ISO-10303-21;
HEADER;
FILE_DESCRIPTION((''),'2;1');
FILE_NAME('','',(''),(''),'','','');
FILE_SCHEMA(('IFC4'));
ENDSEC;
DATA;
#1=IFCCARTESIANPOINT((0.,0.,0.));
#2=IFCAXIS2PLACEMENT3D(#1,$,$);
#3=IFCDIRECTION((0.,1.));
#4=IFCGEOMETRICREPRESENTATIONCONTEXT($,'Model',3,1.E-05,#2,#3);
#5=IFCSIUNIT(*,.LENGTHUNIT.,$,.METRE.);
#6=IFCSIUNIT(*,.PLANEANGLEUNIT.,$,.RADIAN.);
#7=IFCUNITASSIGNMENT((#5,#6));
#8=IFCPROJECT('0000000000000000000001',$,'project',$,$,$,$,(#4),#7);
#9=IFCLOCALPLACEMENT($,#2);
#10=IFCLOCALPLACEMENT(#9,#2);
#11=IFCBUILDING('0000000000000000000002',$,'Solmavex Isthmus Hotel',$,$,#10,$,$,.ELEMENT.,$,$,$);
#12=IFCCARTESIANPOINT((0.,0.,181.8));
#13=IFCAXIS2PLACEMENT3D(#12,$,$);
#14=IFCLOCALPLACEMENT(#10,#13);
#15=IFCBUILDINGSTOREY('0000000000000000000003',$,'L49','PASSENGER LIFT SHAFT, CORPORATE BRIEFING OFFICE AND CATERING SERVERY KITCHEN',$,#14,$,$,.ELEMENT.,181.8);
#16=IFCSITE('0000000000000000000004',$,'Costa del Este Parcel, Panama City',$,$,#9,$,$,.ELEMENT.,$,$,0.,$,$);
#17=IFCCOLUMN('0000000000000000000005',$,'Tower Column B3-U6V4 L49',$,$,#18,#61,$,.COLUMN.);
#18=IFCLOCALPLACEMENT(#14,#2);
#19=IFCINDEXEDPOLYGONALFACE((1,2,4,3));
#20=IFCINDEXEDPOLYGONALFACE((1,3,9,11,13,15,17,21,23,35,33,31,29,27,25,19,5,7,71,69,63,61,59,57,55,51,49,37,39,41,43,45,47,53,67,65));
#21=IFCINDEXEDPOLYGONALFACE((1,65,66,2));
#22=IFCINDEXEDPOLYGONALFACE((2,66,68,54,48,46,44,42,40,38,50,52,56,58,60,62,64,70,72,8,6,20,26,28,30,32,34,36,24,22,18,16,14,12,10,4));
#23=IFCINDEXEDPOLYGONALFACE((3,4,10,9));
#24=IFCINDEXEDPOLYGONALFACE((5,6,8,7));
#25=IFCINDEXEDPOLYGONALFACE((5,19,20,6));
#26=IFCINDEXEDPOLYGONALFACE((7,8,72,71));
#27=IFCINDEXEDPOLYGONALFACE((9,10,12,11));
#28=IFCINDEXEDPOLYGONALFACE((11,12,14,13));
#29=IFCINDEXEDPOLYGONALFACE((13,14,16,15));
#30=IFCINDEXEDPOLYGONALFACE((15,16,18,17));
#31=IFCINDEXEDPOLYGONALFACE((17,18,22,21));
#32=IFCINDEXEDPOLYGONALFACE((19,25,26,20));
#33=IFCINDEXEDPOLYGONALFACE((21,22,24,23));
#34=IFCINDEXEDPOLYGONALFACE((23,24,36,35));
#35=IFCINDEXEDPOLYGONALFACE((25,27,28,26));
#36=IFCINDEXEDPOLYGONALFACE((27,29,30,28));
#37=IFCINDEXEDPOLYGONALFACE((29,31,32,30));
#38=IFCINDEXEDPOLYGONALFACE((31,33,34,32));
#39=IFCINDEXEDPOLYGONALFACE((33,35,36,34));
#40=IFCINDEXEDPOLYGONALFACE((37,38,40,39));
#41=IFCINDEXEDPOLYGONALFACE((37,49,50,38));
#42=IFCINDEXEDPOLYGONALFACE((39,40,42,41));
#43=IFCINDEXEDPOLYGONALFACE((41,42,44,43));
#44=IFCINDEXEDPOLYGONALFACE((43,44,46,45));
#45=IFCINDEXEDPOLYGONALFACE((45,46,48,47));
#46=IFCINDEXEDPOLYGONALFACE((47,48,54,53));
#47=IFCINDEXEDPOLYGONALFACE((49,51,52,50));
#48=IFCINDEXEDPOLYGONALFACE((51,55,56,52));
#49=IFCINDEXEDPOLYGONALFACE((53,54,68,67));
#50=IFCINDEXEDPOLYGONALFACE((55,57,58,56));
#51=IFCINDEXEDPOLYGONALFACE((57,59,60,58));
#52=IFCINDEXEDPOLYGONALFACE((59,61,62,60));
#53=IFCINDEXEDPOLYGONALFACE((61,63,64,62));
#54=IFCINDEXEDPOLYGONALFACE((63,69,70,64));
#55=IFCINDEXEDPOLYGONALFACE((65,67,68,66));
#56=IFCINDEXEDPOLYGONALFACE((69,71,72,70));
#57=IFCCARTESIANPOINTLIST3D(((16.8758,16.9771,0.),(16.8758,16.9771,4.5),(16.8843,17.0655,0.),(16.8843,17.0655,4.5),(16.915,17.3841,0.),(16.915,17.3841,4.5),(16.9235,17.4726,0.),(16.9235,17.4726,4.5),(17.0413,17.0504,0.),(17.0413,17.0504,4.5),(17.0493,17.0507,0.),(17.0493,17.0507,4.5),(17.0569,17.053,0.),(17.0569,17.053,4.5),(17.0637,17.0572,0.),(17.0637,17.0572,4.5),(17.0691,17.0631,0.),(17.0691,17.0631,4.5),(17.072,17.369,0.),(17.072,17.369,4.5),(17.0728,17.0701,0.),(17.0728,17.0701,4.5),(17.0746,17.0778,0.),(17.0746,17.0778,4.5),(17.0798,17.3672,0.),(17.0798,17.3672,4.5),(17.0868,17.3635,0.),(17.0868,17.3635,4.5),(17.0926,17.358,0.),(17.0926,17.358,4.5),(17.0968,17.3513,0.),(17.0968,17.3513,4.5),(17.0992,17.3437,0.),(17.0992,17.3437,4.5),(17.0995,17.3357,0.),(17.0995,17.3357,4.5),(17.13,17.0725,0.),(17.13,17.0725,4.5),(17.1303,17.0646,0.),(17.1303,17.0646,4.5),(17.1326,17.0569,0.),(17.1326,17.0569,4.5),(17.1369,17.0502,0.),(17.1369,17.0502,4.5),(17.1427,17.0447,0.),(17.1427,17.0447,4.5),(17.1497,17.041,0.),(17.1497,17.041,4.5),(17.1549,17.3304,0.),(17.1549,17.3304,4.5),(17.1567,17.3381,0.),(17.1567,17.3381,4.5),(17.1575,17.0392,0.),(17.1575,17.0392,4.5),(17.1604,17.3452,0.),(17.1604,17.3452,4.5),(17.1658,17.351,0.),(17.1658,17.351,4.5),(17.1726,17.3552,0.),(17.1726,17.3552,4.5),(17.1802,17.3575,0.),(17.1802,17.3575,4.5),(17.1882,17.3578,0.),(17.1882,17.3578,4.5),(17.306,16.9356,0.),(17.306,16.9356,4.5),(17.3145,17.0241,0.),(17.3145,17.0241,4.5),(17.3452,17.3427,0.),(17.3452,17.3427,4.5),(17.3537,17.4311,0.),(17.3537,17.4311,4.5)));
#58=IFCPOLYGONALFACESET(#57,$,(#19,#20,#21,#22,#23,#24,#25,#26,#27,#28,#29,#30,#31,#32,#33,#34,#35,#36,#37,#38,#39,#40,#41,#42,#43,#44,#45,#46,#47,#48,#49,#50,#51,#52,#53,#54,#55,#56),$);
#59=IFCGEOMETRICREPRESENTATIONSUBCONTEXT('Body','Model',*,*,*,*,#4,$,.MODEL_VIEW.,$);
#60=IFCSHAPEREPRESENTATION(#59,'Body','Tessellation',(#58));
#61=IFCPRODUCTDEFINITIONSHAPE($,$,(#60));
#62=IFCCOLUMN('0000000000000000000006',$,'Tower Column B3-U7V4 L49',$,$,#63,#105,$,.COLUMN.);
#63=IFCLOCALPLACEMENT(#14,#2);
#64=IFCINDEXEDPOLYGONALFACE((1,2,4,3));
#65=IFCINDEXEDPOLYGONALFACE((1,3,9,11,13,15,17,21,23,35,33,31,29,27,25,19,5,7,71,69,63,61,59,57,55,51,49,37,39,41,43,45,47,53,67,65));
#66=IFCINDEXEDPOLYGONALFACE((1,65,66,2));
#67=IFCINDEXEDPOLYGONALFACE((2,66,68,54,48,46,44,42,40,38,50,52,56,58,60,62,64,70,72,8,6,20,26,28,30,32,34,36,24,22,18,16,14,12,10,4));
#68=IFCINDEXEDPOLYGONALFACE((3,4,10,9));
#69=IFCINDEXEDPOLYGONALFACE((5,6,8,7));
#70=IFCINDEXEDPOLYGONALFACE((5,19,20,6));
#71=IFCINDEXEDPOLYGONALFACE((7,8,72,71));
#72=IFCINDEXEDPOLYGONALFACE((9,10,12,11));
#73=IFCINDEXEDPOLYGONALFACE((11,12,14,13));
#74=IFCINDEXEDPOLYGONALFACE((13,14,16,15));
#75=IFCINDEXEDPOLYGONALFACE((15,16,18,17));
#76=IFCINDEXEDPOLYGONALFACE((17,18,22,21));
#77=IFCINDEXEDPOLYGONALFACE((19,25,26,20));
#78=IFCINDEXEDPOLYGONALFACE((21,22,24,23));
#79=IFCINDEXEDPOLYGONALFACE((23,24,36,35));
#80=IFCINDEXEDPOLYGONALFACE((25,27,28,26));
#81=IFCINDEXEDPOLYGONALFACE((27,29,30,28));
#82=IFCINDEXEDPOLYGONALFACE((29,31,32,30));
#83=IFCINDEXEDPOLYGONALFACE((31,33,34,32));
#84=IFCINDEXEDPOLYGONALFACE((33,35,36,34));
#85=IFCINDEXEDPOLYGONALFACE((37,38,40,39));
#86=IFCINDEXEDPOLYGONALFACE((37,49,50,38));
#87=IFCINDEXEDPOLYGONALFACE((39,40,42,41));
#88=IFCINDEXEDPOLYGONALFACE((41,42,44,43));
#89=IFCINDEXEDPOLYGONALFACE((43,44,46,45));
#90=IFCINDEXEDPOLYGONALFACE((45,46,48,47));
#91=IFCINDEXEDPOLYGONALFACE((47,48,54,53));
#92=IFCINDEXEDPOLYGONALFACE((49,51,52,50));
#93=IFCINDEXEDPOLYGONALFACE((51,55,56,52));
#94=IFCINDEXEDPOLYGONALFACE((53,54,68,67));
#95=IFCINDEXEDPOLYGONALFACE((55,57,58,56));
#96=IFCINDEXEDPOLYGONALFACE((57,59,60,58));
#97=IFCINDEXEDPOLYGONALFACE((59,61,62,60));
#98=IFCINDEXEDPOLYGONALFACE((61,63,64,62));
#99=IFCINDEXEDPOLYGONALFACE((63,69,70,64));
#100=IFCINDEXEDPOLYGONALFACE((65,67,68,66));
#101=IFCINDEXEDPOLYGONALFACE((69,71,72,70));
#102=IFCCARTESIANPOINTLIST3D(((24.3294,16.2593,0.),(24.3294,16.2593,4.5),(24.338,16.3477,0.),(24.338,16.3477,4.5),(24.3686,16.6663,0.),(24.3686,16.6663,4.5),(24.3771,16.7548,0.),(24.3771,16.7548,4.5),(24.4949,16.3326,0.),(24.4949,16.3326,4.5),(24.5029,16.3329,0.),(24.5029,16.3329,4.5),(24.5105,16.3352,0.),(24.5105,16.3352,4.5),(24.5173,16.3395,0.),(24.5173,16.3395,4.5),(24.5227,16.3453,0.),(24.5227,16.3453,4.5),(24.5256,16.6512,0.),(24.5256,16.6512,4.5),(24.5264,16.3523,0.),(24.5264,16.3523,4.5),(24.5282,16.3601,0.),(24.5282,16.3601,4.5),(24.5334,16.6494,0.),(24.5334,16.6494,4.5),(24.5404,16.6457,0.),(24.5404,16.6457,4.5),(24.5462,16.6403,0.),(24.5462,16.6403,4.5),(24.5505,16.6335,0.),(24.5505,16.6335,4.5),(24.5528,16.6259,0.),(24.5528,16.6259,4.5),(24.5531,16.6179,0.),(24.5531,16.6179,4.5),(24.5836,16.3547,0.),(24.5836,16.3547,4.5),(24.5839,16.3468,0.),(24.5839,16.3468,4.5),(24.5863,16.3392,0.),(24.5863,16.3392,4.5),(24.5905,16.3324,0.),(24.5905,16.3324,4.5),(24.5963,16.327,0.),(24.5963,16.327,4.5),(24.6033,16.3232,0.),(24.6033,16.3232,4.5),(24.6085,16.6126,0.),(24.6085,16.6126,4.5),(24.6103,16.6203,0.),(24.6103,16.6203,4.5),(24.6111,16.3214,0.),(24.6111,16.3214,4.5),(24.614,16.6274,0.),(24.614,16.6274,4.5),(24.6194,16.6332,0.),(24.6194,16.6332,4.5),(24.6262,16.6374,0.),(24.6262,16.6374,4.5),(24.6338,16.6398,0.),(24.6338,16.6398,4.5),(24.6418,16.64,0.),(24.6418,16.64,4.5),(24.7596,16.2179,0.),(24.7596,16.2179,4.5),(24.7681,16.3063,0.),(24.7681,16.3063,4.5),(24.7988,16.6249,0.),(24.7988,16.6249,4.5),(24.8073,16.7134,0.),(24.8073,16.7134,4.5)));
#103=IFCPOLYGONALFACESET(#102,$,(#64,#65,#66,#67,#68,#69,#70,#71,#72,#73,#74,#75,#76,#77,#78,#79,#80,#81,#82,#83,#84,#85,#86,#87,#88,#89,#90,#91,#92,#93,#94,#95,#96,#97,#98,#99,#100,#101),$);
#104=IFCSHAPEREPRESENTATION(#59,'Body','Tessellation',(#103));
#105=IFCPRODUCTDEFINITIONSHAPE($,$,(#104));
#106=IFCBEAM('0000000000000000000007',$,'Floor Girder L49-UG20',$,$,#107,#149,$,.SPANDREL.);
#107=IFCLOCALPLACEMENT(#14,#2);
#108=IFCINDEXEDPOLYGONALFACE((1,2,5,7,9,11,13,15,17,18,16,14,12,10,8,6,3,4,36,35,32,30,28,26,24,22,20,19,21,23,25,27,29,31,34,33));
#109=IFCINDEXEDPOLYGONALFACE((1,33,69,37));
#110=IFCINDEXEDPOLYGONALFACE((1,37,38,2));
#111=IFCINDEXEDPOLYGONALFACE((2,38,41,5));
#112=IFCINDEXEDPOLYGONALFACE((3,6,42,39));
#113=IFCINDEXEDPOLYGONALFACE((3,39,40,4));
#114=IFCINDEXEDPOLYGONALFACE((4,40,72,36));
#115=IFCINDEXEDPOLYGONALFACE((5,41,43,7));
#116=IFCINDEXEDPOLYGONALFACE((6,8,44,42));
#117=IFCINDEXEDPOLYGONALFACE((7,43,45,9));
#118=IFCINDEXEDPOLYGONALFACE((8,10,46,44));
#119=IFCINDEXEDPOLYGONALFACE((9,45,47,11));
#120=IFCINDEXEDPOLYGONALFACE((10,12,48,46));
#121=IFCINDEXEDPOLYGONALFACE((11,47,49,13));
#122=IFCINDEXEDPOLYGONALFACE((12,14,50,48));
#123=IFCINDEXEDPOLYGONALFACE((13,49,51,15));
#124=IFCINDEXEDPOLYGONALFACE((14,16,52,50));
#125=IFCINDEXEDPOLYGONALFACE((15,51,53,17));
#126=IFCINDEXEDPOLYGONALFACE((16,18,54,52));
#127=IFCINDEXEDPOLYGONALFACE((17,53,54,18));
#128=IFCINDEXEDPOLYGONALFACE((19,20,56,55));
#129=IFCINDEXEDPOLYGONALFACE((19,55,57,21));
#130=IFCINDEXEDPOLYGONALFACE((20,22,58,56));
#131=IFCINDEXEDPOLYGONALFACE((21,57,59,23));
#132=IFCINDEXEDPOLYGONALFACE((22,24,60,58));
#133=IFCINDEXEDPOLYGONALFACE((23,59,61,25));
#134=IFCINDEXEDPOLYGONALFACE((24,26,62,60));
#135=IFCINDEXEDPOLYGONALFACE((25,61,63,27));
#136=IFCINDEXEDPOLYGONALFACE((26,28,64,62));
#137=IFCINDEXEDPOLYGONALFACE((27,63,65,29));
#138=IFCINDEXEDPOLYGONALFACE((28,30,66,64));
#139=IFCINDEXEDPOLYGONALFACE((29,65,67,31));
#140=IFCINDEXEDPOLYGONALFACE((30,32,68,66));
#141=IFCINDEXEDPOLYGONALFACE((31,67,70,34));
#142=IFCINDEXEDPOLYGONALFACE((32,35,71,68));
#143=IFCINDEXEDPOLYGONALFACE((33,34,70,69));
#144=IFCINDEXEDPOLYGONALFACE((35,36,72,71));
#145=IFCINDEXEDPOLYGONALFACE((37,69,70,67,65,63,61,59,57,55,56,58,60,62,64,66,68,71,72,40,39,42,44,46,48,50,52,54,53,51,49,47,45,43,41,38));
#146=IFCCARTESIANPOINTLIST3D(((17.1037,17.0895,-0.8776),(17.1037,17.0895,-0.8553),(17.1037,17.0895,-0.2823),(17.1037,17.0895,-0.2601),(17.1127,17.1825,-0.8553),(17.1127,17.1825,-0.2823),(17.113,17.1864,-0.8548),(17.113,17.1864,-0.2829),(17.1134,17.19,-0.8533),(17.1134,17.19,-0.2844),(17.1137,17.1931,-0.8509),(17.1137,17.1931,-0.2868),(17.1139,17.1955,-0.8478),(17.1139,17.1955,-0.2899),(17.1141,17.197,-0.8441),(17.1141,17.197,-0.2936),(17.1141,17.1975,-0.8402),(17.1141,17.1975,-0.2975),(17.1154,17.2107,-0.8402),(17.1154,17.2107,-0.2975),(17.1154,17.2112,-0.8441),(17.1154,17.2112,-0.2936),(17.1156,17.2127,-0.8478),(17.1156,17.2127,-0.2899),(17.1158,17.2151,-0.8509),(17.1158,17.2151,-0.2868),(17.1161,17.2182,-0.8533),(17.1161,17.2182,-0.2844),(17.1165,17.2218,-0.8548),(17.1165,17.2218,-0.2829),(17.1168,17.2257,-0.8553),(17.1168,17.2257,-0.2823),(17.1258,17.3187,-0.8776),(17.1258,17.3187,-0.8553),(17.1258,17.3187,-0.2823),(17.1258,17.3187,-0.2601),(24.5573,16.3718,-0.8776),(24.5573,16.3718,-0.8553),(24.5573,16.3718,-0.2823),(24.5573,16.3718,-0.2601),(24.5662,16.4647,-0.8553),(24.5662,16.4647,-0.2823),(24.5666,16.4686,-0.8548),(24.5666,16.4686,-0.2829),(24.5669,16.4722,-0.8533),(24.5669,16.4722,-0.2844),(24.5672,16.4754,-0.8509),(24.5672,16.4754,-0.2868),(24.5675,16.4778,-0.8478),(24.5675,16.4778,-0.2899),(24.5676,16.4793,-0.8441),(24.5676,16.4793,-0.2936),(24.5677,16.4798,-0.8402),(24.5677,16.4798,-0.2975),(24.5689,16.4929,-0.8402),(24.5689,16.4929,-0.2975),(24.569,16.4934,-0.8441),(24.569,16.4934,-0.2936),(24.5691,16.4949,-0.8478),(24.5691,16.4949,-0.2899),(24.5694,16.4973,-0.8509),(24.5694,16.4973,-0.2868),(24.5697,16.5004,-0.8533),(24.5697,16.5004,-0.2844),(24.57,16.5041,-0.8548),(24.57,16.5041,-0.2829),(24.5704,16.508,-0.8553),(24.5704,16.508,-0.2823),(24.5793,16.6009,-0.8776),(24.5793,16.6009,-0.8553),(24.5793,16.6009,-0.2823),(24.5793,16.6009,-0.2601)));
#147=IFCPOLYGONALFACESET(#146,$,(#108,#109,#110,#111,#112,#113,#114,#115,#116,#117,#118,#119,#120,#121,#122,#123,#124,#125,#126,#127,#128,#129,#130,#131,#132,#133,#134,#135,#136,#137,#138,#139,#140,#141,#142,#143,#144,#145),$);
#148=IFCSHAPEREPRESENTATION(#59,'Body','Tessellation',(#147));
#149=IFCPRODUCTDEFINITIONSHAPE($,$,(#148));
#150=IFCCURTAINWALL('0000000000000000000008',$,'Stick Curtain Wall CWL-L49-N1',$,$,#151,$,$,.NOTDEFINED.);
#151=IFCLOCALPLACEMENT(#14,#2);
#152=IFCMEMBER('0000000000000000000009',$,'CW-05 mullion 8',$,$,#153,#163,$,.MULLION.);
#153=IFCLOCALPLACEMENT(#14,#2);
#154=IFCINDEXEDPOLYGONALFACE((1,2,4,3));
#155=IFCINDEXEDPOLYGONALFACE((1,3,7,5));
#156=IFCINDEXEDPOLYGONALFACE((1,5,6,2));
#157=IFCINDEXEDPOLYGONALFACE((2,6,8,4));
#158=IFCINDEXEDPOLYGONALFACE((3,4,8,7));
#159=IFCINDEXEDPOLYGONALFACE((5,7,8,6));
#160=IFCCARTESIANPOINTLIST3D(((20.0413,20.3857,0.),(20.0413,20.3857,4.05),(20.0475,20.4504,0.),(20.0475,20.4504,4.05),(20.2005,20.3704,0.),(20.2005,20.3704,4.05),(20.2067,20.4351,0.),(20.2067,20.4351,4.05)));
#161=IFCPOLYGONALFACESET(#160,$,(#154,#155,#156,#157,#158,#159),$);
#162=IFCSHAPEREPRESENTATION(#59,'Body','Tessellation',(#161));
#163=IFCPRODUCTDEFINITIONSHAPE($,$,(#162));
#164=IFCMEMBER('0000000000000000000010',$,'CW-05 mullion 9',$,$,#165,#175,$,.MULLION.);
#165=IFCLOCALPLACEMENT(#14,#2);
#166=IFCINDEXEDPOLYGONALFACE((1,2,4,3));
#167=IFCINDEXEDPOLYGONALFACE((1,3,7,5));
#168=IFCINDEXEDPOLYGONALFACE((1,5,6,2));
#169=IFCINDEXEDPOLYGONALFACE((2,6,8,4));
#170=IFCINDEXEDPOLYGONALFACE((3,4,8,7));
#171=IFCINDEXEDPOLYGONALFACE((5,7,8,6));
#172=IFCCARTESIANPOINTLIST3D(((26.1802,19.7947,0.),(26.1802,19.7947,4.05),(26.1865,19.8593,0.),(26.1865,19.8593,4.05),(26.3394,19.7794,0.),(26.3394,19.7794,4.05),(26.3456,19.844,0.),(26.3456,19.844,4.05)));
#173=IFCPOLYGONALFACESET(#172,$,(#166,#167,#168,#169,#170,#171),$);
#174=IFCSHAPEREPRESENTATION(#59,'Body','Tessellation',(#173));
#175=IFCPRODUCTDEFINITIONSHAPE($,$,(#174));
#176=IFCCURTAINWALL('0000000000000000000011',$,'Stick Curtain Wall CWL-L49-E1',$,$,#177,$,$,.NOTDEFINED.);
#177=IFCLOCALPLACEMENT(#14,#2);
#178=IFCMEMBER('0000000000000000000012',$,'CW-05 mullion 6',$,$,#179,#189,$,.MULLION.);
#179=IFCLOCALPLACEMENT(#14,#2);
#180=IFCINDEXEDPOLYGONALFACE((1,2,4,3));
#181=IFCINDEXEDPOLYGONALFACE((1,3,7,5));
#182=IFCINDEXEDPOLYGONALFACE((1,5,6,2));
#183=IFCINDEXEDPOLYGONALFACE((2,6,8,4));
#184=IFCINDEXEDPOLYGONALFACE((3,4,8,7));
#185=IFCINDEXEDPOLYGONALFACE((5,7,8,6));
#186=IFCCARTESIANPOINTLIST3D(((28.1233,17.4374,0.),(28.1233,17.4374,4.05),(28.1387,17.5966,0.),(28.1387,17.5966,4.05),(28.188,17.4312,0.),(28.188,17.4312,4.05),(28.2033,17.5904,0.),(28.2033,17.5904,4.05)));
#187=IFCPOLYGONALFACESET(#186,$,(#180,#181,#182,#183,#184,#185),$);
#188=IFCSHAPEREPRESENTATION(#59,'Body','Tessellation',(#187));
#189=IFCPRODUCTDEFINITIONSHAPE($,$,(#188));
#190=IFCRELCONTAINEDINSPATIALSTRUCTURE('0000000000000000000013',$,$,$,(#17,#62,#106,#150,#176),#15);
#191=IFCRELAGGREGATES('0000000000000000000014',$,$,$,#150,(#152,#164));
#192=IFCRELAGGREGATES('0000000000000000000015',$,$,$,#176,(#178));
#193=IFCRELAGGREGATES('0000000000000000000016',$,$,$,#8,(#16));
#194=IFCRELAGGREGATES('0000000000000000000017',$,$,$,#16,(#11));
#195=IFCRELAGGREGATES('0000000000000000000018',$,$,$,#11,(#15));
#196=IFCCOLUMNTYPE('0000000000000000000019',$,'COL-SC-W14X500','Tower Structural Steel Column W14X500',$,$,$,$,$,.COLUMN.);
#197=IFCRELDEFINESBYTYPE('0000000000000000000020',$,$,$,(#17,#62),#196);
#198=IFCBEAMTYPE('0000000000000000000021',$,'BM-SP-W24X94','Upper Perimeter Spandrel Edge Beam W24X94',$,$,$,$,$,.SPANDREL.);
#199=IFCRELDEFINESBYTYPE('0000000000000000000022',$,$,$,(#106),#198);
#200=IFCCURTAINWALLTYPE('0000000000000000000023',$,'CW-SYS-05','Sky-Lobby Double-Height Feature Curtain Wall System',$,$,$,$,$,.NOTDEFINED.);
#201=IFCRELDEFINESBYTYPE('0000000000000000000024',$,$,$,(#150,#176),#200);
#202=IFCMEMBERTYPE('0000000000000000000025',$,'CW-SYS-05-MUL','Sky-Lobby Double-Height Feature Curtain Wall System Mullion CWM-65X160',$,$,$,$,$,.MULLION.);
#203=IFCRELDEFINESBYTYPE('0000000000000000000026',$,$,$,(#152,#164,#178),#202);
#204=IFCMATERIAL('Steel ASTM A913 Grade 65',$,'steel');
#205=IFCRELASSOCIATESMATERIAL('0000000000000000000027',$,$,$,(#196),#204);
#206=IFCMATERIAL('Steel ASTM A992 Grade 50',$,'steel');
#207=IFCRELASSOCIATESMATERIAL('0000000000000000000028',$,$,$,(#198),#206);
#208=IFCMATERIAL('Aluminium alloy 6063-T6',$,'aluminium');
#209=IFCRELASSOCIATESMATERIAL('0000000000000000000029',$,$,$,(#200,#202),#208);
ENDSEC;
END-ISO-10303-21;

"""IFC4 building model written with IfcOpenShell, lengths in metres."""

from ifc_helpers import new_model, si_unit, direction, frame, origin, origin_2d, place, context, subcontext, project, spatial, rectangle, i_section, extrude, material, material_profile, profile_set, type_object, element, aggregate, save


model = new_model("IFC4")

# Units and contexts
model_context = context("Model", 3, precision=1e-05, world=origin(), true_north=direction((0.0, 1.0)))
body_context = subcontext(model_context, "Body", "Model", "MODEL_VIEW")
ifc_project = project(units=[si_unit("LENGTHUNIT", "METRE"), si_unit("PLANEANGLEUNIT", "RADIAN")], contexts=[model_context])

# Site, building, storey
site_placement = place(None, origin())
site = spatial("IfcSite", under=ifc_project, at=site_placement, Name="Costa del Este Parcel, Panama City", CompositionType="ELEMENT", RefElevation=0.0)
building_placement = place(site_placement, origin())
building = spatial("IfcBuilding", under=site, at=building_placement, Name="Solmavex Isthmus Hotel", CompositionType="ELEMENT")
storey_placement = place(building_placement, frame((0.0, 0.0, 181.8)))
storey = spatial("IfcBuildingStorey", under=building, at=storey_placement, Name="L49", Description="PASSENGER LIFT SHAFT, CORPORATE BRIEFING OFFICE AND CATERING SERVERY KITCHEN", CompositionType="ELEMENT", Elevation=181.8)

# Columns
ifc_material_1 = material(Name="Steel ASTM A913 Grade 65", Category="steel")
ifc_material_profile_1 = material_profile(ifc_material_1, i_section(OverallWidth=0.4321, OverallDepth=0.4978, WebThickness=0.0557, FlangeThickness=0.0889, FilletRadius=0.0305, at=origin_2d()), Name="W14X500")
ifc_profile_set_1 = profile_set([ifc_material_profile_1], Name="Steel ASTM A913 Grade 65")
column_type = type_object("IfcColumnType", Name="COL-SC-W14X500", Description="Tower Structural Steel Column W14X500", PredefinedType="COLUMN", material=ifc_profile_set_1)
for number, where, z_axis, x_axis, name in (
    (1, (17.1147, 17.2041, 0.0), (0.0, 0.0, 1.0), (0.995396, -0.095846, 0.0), "Tower Column B3-U6V4 L49"),
    (2, (24.5684, 16.4863, 0.0), (0.0, 0.0, 1.0), (0.995396, -0.095846, 0.0), "Tower Column B3-U7V4 L49"),
):
    element("IfcColumn", number, at=place(storey_placement, frame(where, z_axis=z_axis, x_axis=x_axis)), inside=storey, type_object=column_type, Name=name, PredefinedType="COLUMN", context=body_context, shape_type="SweptSolid", body=[
        extrude(i_section(OverallWidth=0.4321, OverallDepth=0.4978, WebThickness=0.0557, FlangeThickness=0.0889, FilletRadius=0.0305, at=origin_2d()), origin(), (0.0, 0.0, 1.0), 4.5),
    ])

# Beam
ifc_material_2 = material(Name="Steel ASTM A992 Grade 50", Category="steel")
ifc_material_profile_2 = material_profile(ifc_material_2, i_section(OverallWidth=0.2302, OverallDepth=0.6174, WebThickness=0.0132, FlangeThickness=0.0222, FilletRadius=0.0151, at=origin_2d()), Name="W24X94")
ifc_profile_set_2 = profile_set([ifc_material_profile_2], Name="Steel ASTM A992 Grade 50")
beam_type = type_object("IfcBeamType", Name="BM-SP-W24X94", Description="Upper Perimeter Spandrel Edge Beam W24X94", PredefinedType="SPANDREL", material=ifc_profile_set_2)
beam_placement = place(storey_placement, frame((17.1147, 17.2041, -0.5688), z_axis=(0.995395, -0.095855, 0.0), x_axis=(0.095855, 0.995395, 0.0)))
element("IfcBeam", 3, at=beam_placement, inside=storey, type_object=beam_type, Name="Floor Girder L49-UG20", PredefinedType="SPANDREL", context=body_context, shape_type="SweptSolid", body=[
    extrude(i_section(OverallWidth=0.2302, OverallDepth=0.6174, WebThickness=0.0132, FlangeThickness=0.0222, FilletRadius=0.0151, at=origin_2d()), origin(), (0.0, 0.0, 1.0), 7.488),
])

# Curtain wall, members
ifc_material_3 = material(Name="Aluminium alloy 6063-T6", Category="aluminium")
curtain_wall_type = type_object("IfcCurtainWallType", Name="CW-SYS-05", Description="Sky-Lobby Double-Height Feature Curtain Wall System", PredefinedType="NOTDEFINED", material=ifc_material_3)
curtain_wall_1_placement = place(storey_placement, origin())
curtain_wall_1 = element("IfcCurtainWall", 4, at=curtain_wall_1_placement, inside=storey, type_object=curtain_wall_type, Name="Stick Curtain Wall CWL-L49-N1", PredefinedType="NOTDEFINED")
ifc_material_profile_3 = material_profile(ifc_material_3, rectangle(XDim=0.0649, YDim=0.1599, at=origin_2d()), Name="CWM-65X160")
ifc_profile_set_3 = profile_set([ifc_material_profile_3], Name="Aluminium alloy 6063-T6")
member_type_1 = type_object("IfcMemberType", Name="CW-SYS-05-MUL", Description="Sky-Lobby Double-Height Feature Curtain Wall System Mullion CWM-65X160", PredefinedType="MULLION", material=ifc_profile_set_3)
member_1_placement = place(storey_placement, frame((20.124, 20.4104, 0.0), z_axis=(0.0, 0.0, 1.0), x_axis=(0.095846, 0.995396, 0.0)))
member_1 = element("IfcMember", 5, at=member_1_placement, type_object=member_type_1, Name="CW-05 mullion 8", PredefinedType="MULLION", context=body_context, shape_type="SweptSolid", body=[
    extrude(rectangle(XDim=0.0649, YDim=0.1599, at=origin_2d()), origin(), (0.0, 0.0, 1.0), 4.05),
])
member_2_placement = place(storey_placement, frame((26.2629, 19.8193, 0.0), z_axis=(0.0, 0.0, 1.0), x_axis=(0.095846, 0.995396, 0.0)))
member_2 = element("IfcMember", 6, at=member_2_placement, type_object=member_type_1, Name="CW-05 mullion 9", PredefinedType="MULLION", context=body_context, shape_type="SweptSolid", body=[
    extrude(rectangle(XDim=0.0649, YDim=0.1599, at=origin_2d()), origin(), (0.0, 0.0, 1.0), 4.05),
])

# Curtain wall, member
curtain_wall_2_placement = place(storey_placement, origin())
curtain_wall_2 = element("IfcCurtainWall", 7, at=curtain_wall_2_placement, inside=storey, type_object=curtain_wall_type, Name="Stick Curtain Wall CWL-L49-E1", PredefinedType="NOTDEFINED")
member_3_placement = place(storey_placement, frame((28.1633, 17.5139, 0.0), z_axis=(0.0, 0.0, 1.0), x_axis=(-0.995396, 0.095846, 0.0)))
member_3 = element("IfcMember", 8, at=member_3_placement, type_object=member_type_1, Name="CW-05 mullion 6", PredefinedType="MULLION", context=body_context, shape_type="SweptSolid", body=[
    extrude(rectangle(XDim=0.0649, YDim=0.1599, at=origin_2d()), origin(), (0.0, 0.0, 1.0), 4.05),
])

aggregate(curtain_wall_1, [member_1, member_2])
aggregate(curtain_wall_2, [member_3])

save(model, "model.ifc")
